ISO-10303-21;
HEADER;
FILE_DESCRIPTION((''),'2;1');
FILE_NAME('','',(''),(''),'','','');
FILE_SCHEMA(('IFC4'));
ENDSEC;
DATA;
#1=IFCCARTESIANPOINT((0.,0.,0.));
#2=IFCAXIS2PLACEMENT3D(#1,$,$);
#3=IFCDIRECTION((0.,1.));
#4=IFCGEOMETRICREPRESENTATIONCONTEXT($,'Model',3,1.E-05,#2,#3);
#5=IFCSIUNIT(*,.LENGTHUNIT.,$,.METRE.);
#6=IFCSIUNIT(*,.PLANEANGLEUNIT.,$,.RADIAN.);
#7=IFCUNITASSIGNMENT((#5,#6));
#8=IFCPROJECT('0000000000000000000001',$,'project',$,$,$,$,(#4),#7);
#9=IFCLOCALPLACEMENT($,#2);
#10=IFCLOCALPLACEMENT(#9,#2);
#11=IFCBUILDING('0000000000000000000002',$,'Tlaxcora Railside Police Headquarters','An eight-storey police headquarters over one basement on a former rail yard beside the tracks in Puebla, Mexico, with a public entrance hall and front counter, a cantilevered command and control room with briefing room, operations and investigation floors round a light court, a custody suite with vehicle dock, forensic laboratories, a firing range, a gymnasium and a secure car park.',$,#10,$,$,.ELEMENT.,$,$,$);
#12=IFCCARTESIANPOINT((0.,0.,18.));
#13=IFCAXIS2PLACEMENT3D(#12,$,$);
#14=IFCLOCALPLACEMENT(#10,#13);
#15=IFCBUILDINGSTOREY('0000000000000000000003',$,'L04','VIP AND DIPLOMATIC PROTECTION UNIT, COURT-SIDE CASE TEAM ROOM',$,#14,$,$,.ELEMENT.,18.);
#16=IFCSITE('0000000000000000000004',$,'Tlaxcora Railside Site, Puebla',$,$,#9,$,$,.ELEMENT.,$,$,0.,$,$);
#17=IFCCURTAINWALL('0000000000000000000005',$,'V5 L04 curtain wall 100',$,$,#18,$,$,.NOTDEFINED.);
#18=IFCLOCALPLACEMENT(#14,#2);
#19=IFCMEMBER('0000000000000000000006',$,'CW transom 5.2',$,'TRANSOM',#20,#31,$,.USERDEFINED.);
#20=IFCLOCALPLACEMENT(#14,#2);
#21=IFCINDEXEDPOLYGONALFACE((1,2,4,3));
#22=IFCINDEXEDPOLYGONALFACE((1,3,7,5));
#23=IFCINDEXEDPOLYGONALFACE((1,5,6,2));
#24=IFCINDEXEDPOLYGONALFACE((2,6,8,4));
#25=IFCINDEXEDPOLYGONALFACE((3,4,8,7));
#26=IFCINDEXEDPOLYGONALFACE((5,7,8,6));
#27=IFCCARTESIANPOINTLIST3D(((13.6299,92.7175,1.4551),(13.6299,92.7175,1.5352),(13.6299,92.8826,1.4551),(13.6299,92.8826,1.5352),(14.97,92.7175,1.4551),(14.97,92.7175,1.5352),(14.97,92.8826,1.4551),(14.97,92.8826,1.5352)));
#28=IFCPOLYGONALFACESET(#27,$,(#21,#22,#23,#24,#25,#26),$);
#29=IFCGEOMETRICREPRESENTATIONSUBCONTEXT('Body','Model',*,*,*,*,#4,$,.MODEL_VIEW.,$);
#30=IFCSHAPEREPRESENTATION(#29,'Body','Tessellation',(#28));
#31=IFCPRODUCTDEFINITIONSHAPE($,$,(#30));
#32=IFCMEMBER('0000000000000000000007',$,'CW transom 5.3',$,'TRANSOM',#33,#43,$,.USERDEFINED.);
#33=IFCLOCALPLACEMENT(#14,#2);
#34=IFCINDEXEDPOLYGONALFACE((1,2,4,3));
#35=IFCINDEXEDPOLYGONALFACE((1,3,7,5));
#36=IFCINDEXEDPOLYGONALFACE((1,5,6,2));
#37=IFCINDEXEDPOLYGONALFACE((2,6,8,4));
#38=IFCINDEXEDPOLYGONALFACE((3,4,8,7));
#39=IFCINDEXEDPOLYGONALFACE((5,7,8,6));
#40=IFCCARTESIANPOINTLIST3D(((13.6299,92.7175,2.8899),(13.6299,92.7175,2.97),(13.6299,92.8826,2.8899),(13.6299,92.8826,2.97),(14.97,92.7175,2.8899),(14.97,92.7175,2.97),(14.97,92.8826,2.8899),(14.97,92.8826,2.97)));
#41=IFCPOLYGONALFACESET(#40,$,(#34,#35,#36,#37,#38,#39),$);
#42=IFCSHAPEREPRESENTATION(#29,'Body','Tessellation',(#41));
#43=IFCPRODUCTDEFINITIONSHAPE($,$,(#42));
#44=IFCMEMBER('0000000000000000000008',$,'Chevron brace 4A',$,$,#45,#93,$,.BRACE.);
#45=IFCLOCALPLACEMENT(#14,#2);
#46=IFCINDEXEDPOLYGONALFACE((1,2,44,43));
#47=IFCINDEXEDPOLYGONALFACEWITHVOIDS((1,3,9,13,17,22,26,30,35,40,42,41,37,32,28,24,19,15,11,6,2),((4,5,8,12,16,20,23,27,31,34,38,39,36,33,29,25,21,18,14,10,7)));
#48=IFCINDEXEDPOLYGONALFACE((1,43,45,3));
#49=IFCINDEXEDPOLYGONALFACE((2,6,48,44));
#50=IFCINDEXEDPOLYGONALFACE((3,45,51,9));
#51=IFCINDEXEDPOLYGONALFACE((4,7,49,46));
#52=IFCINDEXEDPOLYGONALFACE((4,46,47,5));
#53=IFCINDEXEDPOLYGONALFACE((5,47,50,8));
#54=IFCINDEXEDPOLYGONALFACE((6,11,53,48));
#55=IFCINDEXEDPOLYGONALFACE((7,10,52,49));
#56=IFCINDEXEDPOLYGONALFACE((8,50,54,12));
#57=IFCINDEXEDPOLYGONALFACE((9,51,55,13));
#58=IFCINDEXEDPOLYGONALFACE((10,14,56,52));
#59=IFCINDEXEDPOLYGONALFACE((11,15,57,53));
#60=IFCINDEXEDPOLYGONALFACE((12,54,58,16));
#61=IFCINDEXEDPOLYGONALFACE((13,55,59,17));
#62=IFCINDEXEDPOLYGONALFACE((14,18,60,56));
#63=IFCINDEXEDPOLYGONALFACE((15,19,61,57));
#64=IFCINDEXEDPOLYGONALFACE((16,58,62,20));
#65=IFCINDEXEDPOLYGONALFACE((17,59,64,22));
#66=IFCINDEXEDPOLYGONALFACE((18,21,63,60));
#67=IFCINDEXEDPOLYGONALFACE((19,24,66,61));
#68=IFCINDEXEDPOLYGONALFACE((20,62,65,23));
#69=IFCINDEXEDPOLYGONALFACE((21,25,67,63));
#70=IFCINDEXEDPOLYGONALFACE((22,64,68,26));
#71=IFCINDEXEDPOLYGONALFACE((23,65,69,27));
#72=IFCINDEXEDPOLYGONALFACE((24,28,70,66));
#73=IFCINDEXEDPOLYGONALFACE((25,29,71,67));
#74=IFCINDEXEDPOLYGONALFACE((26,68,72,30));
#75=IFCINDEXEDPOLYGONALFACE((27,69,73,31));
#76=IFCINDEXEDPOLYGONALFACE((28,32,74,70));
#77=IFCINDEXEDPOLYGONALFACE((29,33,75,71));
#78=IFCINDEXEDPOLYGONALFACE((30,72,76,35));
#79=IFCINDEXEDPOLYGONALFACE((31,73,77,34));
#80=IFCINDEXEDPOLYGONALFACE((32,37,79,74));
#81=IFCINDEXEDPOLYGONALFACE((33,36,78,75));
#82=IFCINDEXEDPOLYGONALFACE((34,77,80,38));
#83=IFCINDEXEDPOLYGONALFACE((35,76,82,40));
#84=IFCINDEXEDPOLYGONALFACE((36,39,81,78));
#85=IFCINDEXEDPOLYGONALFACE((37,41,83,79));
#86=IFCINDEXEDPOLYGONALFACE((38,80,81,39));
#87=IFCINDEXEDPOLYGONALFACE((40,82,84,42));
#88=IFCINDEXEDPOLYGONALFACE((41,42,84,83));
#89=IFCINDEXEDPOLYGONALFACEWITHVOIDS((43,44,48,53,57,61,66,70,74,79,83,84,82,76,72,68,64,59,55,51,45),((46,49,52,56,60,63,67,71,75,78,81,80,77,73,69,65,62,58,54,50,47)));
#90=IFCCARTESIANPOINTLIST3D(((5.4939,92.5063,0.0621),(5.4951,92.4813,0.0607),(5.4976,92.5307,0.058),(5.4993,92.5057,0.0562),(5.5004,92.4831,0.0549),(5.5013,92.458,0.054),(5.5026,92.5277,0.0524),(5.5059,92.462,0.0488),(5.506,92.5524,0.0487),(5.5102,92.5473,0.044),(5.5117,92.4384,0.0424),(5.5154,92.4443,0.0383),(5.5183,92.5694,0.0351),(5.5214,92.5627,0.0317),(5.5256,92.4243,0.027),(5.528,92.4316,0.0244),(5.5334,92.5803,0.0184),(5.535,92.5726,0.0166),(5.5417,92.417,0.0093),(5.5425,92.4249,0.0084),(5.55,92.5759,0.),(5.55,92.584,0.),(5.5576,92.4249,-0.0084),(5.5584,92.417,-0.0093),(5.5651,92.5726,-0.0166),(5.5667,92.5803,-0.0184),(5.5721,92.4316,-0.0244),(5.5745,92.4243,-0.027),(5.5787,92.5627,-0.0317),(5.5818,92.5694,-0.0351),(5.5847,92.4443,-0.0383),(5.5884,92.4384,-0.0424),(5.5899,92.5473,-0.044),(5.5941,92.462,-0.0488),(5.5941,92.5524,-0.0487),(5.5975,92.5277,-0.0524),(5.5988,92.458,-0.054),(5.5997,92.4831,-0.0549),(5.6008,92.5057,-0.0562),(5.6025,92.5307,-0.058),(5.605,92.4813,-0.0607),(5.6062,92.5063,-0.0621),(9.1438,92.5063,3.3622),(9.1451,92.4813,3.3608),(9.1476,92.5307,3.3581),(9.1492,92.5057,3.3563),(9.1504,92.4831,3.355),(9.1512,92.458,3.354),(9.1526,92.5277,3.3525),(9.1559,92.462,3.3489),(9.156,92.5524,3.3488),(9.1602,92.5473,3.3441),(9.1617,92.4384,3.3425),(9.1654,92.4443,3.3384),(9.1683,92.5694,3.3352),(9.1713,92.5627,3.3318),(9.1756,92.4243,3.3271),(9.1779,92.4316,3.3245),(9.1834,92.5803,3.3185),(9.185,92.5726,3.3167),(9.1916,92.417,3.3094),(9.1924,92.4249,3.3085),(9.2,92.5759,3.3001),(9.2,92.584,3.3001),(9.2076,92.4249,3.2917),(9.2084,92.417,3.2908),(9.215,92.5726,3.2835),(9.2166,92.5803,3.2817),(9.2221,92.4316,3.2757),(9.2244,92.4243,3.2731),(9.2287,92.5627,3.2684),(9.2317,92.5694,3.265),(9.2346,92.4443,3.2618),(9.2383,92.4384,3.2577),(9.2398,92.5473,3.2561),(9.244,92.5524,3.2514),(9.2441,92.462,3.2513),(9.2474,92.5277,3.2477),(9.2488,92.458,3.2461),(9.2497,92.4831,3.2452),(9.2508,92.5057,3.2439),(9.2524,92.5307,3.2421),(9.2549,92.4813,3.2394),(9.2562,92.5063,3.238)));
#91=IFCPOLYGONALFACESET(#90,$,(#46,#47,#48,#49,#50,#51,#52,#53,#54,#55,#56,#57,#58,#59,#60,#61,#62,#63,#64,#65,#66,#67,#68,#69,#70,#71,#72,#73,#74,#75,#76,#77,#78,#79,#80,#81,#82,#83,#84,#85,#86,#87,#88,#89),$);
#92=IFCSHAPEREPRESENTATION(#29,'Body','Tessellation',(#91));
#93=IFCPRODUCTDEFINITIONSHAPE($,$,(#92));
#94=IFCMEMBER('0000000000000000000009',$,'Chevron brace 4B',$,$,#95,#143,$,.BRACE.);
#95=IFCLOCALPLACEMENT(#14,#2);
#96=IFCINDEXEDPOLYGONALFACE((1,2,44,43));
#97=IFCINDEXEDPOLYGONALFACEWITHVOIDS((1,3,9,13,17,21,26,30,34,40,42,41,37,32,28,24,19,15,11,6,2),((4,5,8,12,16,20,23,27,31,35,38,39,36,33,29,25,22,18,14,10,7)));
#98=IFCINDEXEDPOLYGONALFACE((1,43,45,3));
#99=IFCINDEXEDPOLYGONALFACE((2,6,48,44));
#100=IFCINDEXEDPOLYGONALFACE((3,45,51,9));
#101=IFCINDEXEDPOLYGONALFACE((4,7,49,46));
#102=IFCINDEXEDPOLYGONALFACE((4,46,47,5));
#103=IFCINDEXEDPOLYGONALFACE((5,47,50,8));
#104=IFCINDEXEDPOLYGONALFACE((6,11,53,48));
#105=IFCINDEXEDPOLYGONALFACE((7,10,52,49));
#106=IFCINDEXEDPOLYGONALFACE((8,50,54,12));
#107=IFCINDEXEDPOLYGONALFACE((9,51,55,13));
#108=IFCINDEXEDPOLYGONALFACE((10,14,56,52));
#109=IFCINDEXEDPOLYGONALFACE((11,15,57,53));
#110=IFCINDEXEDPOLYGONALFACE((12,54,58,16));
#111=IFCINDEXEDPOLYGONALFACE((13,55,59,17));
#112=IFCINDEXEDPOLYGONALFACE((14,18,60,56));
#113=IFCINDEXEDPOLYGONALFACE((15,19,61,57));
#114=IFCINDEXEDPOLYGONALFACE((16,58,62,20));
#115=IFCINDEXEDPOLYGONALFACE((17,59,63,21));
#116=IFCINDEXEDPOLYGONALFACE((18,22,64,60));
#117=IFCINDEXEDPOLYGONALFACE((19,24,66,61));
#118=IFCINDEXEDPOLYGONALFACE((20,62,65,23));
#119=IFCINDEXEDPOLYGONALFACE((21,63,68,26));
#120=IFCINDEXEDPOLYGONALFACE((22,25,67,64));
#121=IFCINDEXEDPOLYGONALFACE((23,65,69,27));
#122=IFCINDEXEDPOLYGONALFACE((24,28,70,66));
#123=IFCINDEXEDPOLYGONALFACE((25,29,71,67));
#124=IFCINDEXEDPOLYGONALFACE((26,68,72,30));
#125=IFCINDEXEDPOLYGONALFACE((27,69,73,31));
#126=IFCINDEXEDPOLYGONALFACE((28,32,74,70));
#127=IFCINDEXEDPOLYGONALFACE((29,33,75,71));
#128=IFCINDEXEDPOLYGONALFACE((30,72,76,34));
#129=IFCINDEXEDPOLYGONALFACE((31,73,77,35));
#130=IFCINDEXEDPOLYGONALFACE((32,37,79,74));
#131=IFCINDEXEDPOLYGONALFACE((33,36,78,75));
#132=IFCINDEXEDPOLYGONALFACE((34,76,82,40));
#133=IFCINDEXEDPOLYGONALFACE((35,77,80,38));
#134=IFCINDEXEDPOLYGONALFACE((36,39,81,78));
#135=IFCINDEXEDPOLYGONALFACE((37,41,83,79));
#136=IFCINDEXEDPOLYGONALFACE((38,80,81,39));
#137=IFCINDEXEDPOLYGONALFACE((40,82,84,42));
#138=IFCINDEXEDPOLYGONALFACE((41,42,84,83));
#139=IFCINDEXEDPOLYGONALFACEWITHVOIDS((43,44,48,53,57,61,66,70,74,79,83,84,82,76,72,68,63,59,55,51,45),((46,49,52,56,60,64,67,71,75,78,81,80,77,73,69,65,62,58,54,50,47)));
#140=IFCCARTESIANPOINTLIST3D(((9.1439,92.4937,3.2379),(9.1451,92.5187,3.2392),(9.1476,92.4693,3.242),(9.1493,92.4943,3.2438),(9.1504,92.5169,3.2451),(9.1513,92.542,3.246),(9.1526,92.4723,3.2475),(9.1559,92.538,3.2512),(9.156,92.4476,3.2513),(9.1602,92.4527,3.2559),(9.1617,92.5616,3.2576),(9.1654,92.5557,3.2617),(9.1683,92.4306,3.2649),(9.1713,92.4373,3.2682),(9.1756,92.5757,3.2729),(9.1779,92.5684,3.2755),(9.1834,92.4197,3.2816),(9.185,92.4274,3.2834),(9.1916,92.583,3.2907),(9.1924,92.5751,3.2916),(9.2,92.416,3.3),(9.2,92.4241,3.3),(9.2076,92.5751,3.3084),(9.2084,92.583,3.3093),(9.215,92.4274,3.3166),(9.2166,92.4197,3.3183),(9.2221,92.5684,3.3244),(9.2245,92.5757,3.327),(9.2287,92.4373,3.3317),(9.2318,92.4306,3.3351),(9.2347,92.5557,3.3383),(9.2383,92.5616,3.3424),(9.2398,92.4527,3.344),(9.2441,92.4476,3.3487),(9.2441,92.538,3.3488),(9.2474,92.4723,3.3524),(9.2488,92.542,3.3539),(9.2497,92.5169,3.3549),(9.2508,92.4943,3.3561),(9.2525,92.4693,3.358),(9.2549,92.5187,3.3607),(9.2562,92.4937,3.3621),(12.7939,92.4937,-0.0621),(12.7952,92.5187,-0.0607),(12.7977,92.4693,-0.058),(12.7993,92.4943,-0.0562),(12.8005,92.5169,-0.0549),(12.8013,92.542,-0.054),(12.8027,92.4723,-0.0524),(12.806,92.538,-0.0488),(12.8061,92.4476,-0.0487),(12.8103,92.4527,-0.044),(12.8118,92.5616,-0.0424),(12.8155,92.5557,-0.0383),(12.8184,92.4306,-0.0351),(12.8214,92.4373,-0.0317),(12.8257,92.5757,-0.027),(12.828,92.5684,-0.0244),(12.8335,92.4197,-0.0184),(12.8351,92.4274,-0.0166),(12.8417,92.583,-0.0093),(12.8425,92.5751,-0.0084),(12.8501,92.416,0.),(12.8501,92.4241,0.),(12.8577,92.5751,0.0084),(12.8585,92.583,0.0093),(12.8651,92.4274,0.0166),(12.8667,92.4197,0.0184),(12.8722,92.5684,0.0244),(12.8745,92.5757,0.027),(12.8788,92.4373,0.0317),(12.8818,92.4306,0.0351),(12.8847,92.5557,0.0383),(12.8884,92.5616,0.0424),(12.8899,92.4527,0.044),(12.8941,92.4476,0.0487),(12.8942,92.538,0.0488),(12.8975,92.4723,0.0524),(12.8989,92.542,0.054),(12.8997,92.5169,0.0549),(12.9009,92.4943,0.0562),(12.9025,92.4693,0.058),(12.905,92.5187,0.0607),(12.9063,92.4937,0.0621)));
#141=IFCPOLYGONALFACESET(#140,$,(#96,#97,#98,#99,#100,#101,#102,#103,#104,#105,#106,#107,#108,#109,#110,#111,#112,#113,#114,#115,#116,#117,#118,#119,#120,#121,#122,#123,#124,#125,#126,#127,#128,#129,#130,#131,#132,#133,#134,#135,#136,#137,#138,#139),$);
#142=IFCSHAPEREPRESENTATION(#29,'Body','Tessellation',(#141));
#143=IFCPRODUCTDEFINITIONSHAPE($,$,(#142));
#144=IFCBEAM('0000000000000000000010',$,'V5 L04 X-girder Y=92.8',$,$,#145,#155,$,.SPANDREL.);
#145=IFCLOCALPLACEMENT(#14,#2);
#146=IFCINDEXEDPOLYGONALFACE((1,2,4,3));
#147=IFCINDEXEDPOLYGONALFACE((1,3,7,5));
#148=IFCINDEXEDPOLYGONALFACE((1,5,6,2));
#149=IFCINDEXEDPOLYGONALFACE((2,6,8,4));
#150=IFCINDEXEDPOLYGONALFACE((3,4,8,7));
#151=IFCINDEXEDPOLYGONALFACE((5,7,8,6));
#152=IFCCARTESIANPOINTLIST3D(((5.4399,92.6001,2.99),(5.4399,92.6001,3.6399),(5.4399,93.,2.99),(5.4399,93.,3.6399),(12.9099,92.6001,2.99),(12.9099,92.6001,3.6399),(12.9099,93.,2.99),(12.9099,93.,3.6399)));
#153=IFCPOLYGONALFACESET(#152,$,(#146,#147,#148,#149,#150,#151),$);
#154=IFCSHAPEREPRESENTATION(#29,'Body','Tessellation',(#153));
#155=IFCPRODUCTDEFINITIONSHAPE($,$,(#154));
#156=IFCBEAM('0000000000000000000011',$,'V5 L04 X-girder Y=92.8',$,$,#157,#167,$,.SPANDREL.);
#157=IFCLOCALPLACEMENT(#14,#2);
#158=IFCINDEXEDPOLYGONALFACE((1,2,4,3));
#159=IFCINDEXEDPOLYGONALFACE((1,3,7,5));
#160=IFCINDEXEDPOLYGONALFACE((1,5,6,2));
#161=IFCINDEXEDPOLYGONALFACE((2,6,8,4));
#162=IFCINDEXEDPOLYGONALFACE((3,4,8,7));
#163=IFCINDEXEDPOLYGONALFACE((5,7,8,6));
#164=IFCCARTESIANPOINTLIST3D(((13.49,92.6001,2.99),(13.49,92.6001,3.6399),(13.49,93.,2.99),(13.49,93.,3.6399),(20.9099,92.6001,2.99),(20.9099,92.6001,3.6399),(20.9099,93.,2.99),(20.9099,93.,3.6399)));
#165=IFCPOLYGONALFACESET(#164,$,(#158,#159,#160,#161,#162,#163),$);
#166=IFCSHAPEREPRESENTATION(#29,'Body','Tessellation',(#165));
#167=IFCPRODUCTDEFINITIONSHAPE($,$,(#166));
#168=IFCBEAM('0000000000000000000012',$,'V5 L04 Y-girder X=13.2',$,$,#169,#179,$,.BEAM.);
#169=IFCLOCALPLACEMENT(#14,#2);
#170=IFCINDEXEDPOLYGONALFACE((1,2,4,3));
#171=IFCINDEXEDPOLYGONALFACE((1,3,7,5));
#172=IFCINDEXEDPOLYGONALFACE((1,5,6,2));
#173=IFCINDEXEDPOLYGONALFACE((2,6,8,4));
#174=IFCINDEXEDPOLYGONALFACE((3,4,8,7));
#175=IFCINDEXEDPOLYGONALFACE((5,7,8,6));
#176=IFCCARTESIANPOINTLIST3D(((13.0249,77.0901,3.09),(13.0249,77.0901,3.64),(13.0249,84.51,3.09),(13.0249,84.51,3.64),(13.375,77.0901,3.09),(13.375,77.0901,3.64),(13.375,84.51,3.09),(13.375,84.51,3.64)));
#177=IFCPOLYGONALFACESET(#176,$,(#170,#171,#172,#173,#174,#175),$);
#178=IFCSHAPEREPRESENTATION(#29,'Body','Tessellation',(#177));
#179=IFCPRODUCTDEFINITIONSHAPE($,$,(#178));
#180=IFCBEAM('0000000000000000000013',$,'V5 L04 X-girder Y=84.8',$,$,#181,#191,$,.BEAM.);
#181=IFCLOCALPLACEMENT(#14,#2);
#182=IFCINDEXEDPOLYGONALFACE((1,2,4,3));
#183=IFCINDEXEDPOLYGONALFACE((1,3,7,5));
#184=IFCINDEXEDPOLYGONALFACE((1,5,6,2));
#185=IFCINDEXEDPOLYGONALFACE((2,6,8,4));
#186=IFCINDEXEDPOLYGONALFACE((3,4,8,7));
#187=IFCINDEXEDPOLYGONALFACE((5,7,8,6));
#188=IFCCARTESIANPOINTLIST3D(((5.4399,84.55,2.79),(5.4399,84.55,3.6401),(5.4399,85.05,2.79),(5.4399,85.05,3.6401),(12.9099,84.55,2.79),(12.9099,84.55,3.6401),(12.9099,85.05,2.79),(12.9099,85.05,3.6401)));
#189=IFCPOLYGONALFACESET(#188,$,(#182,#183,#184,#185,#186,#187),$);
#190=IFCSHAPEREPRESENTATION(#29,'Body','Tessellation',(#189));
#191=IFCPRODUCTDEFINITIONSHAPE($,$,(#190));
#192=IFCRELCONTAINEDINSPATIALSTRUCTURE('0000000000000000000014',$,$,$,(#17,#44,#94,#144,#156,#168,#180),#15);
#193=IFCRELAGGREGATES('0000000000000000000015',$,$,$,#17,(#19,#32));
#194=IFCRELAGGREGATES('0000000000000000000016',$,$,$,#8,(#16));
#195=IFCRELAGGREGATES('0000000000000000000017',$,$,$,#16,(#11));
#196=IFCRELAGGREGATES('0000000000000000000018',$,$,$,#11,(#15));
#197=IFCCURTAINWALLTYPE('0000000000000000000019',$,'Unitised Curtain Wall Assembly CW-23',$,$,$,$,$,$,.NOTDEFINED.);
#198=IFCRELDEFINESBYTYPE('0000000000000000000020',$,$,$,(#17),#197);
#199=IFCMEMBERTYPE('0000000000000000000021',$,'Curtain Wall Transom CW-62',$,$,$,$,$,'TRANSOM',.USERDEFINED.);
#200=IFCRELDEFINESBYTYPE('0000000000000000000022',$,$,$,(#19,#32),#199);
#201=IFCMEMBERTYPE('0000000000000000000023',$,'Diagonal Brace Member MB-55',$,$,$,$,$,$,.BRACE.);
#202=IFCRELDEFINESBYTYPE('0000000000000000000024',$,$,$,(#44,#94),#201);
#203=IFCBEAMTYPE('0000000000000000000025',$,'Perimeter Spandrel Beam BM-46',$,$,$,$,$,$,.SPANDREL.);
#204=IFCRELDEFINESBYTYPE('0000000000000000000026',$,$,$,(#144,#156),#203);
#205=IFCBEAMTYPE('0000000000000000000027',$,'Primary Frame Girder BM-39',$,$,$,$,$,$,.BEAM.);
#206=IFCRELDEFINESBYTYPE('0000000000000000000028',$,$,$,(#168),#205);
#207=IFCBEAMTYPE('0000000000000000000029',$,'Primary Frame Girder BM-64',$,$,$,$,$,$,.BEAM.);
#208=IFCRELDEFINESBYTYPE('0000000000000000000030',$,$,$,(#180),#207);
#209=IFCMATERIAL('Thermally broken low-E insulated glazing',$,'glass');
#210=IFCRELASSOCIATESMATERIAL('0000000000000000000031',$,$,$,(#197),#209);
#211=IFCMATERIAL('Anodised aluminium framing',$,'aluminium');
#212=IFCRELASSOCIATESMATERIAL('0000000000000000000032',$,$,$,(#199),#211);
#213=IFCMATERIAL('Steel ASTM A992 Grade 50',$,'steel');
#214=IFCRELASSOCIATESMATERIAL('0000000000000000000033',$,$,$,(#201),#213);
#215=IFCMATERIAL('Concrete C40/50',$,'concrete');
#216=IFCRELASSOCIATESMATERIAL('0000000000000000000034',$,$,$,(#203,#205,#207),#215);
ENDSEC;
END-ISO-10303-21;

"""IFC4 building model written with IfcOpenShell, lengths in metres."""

from ifc_helpers import new_model, si_unit, direction, frame, origin, origin_2d, place, context, subcontext, project, spatial, rectangle, hollow_circle, extrude, material, material_profile, profile_set, type_object, element, aggregate, save


model = new_model("IFC4")

# Units and contexts
model_context = context("Model", 3, precision=1e-05, world=origin(), true_north=direction((0.0, 1.0)))
body_context = subcontext(model_context, "Body", "Model", "MODEL_VIEW")
ifc_project = project(units=[si_unit("LENGTHUNIT", "METRE"), si_unit("PLANEANGLEUNIT", "RADIAN")], contexts=[model_context])

# Site, building, storey
site_placement = place(None, origin())
site = spatial("IfcSite", under=ifc_project, at=site_placement, Name="Tlaxcora Railside Site, Puebla", CompositionType="ELEMENT", RefElevation=0.0)
building_placement = place(site_placement, origin())
building = spatial("IfcBuilding", under=site, at=building_placement, Name="Tlaxcora Railside Police Headquarters", Description="An eight-storey police headquarters over one basement on a former rail yard beside the tracks in Puebla, Mexico, with a public entrance hall and front counter, a cantilevered command and control room with briefing room, operations and investigation floors round a light court, a custody suite with vehicle dock, forensic laboratories, a firing range, a gymnasium and a secure car park.", CompositionType="ELEMENT")
storey_placement = place(building_placement, frame((0.0, 0.0, 18.0)))
storey = spatial("IfcBuildingStorey", under=building, at=storey_placement, Name="L04", Description="VIP AND DIPLOMATIC PROTECTION UNIT, COURT-SIDE CASE TEAM ROOM", CompositionType="ELEMENT", Elevation=18.0)

# Shared definitions
ifc_material_1 = material(Name="Concrete C40/50", Category="concrete")

# Curtain wall
ifc_material_2 = material(Name="Thermally broken low-E insulated glazing", Category="glass")
curtain_wall_type_1 = type_object("IfcCurtainWallType", Name="Unitised Curtain Wall Assembly CW-23", PredefinedType="NOTDEFINED", material=ifc_material_2)
curtain_wall_1_placement = place(storey_placement, origin())
curtain_wall_1 = element("IfcCurtainWall", 1, at=curtain_wall_1_placement, inside=storey, type_object=curtain_wall_type_1, Name="V5 L04 curtain wall 100", PredefinedType="NOTDEFINED")
ifc_material_3 = material(Name="Anodised aluminium framing", Category="aluminium")

# Members
ifc_material_profile_1 = material_profile(ifc_material_3, rectangle(XDim=0.165, YDim=0.0801, at=origin_2d()), Name="AL80X165")
ifc_profile_set_1 = profile_set([ifc_material_profile_1], Name="Anodised aluminium framing")
member_type_1 = type_object("IfcMemberType", Name="Curtain Wall Transom CW-62", ElementType="TRANSOM", PredefinedType="USERDEFINED", material=ifc_profile_set_1)
member_1_placement = place(storey_placement, frame((14.97, 92.8, 1.4951), z_axis=(-1.0, 0.0, 0.0), x_axis=(0.0, -1.0, 0.0)))
member_1 = element("IfcMember", 2, at=member_1_placement, type_object=member_type_1, Name="CW transom 5.2", ObjectType="TRANSOM", PredefinedType="USERDEFINED", context=body_context, shape_type="SweptSolid", body=[
    extrude(rectangle(XDim=0.165, YDim=0.0801, at=origin_2d()), origin(), (0.0, 0.0, 1.0), 1.3401),
])
member_2_placement = place(storey_placement, frame((14.97, 92.8, 2.9299), z_axis=(-1.0, 0.0, 0.0), x_axis=(0.0, -1.0, 0.0)))
member_2 = element("IfcMember", 3, at=member_2_placement, type_object=member_type_1, Name="CW transom 5.3", ObjectType="TRANSOM", PredefinedType="USERDEFINED", context=body_context, shape_type="SweptSolid", body=[
    extrude(rectangle(XDim=0.165, YDim=0.0801, at=origin_2d()), origin(), (0.0, 0.0, 1.0), 1.3401),
])

# Members
ifc_material_4 = material(Name="Steel ASTM A992 Grade 50", Category="steel")
ifc_material_profile_2 = material_profile(ifc_material_4, hollow_circle(Radius=0.084, WallThickness=0.0081, at=origin_2d()), Name="CHS168X8")
ifc_profile_set_2 = profile_set([ifc_material_profile_2], Name="Steel ASTM A992 Grade 50")
member_type_2 = type_object("IfcMemberType", Name="Diagonal Brace Member MB-55", PredefinedType="BRACE", material=ifc_profile_set_2)
for number, where, z_axis, x_axis, name in (
    (4, (5.55, 92.5, 0.0), (0.741763, 0.0, 0.670663), (0.0, 1.0, 0.0), "Chevron brace 4A"),
    (5, (12.8501, 92.5, 0.0), (-0.741785, 0.0, 0.670638), (0.0, -1.0, 0.0), "Chevron brace 4B"),
):
    element("IfcMember", number, at=place(storey_placement, frame(where, z_axis=z_axis, x_axis=x_axis)), inside=storey, type_object=member_type_2, Name=name, PredefinedType="BRACE", context=body_context, shape_type="SweptSolid", body=[
        extrude(hollow_circle(Radius=0.084, WallThickness=0.0081, at=origin_2d()), origin(), (0.0, 0.0, 1.0), 4.9207),
    ])

# Beams
ifc_material_profile_3 = material_profile(ifc_material_1, rectangle(XDim=0.3999, YDim=0.6499, at=origin_2d()), Name="RC400X650")
ifc_profile_set_3 = profile_set([ifc_material_profile_3], Name="Concrete C40/50")
beam_type_1 = type_object("IfcBeamType", Name="Perimeter Spandrel Beam BM-46", PredefinedType="SPANDREL", material=ifc_profile_set_3)
beam_1_placement = place(storey_placement, frame((5.4399, 92.8, 3.3149), z_axis=(1.0, 0.0, 0.0), x_axis=(0.0, 1.0, 0.0)))
element("IfcBeam", 6, at=beam_1_placement, inside=storey, type_object=beam_type_1, Name="V5 L04 X-girder Y=92.8", PredefinedType="SPANDREL", context=body_context, shape_type="SweptSolid", body=[
    extrude(rectangle(XDim=0.3999, YDim=0.6499, at=origin_2d()), origin(), (0.0, 0.0, 1.0), 7.47),
])
beam_2_placement = place(storey_placement, frame((13.49, 92.8, 3.3149), z_axis=(1.0, 0.0, 0.0), x_axis=(0.0, 1.0, 0.0)))
element("IfcBeam", 7, at=beam_2_placement, inside=storey, type_object=beam_type_1, Name="V5 L04 X-girder Y=92.8", PredefinedType="SPANDREL", context=body_context, shape_type="SweptSolid", body=[
    extrude(rectangle(XDim=0.3999, YDim=0.6499, at=origin_2d()), origin(), (0.0, 0.0, 1.0), 7.4199),
])
ifc_material_profile_4 = material_profile(ifc_material_1, rectangle(XDim=0.3501, YDim=0.55, at=origin_2d()), Name="RC350X550")
ifc_profile_set_4 = profile_set([ifc_material_profile_4], Name="Concrete C40/50")
beam_type_2 = type_object("IfcBeamType", Name="Primary Frame Girder BM-39", PredefinedType="BEAM", material=ifc_profile_set_4)
beam_3_placement = place(storey_placement, frame((13.2, 77.0901, 3.365), z_axis=(0.0, 1.0, 0.0), x_axis=(-1.0, 0.0, 0.0)))
element("IfcBeam", 8, at=beam_3_placement, inside=storey, type_object=beam_type_2, Name="V5 L04 Y-girder X=13.2", PredefinedType="BEAM", context=body_context, shape_type="SweptSolid", body=[
    extrude(rectangle(XDim=0.3501, YDim=0.55, at=origin_2d()), origin(), (0.0, 0.0, 1.0), 7.4199),
])
ifc_material_profile_5 = material_profile(ifc_material_1, rectangle(XDim=0.5, YDim=0.8501, at=origin_2d()), Name="RC500X850")
ifc_profile_set_5 = profile_set([ifc_material_profile_5], Name="Concrete C40/50")
beam_type_3 = type_object("IfcBeamType", Name="Primary Frame Girder BM-64", PredefinedType="BEAM", material=ifc_profile_set_5)
beam_4_placement = place(storey_placement, frame((5.4399, 84.8, 3.2151), z_axis=(1.0, 0.0, 0.0), x_axis=(0.0, 1.0, 0.0)))
element("IfcBeam", 9, at=beam_4_placement, inside=storey, type_object=beam_type_3, Name="V5 L04 X-girder Y=84.8", PredefinedType="BEAM", context=body_context, shape_type="SweptSolid", body=[
    extrude(rectangle(XDim=0.5, YDim=0.8501, at=origin_2d()), origin(), (0.0, 0.0, 1.0), 7.47),
])

aggregate(curtain_wall_1, [member_1, member_2])

save(model, "model.ifc")
